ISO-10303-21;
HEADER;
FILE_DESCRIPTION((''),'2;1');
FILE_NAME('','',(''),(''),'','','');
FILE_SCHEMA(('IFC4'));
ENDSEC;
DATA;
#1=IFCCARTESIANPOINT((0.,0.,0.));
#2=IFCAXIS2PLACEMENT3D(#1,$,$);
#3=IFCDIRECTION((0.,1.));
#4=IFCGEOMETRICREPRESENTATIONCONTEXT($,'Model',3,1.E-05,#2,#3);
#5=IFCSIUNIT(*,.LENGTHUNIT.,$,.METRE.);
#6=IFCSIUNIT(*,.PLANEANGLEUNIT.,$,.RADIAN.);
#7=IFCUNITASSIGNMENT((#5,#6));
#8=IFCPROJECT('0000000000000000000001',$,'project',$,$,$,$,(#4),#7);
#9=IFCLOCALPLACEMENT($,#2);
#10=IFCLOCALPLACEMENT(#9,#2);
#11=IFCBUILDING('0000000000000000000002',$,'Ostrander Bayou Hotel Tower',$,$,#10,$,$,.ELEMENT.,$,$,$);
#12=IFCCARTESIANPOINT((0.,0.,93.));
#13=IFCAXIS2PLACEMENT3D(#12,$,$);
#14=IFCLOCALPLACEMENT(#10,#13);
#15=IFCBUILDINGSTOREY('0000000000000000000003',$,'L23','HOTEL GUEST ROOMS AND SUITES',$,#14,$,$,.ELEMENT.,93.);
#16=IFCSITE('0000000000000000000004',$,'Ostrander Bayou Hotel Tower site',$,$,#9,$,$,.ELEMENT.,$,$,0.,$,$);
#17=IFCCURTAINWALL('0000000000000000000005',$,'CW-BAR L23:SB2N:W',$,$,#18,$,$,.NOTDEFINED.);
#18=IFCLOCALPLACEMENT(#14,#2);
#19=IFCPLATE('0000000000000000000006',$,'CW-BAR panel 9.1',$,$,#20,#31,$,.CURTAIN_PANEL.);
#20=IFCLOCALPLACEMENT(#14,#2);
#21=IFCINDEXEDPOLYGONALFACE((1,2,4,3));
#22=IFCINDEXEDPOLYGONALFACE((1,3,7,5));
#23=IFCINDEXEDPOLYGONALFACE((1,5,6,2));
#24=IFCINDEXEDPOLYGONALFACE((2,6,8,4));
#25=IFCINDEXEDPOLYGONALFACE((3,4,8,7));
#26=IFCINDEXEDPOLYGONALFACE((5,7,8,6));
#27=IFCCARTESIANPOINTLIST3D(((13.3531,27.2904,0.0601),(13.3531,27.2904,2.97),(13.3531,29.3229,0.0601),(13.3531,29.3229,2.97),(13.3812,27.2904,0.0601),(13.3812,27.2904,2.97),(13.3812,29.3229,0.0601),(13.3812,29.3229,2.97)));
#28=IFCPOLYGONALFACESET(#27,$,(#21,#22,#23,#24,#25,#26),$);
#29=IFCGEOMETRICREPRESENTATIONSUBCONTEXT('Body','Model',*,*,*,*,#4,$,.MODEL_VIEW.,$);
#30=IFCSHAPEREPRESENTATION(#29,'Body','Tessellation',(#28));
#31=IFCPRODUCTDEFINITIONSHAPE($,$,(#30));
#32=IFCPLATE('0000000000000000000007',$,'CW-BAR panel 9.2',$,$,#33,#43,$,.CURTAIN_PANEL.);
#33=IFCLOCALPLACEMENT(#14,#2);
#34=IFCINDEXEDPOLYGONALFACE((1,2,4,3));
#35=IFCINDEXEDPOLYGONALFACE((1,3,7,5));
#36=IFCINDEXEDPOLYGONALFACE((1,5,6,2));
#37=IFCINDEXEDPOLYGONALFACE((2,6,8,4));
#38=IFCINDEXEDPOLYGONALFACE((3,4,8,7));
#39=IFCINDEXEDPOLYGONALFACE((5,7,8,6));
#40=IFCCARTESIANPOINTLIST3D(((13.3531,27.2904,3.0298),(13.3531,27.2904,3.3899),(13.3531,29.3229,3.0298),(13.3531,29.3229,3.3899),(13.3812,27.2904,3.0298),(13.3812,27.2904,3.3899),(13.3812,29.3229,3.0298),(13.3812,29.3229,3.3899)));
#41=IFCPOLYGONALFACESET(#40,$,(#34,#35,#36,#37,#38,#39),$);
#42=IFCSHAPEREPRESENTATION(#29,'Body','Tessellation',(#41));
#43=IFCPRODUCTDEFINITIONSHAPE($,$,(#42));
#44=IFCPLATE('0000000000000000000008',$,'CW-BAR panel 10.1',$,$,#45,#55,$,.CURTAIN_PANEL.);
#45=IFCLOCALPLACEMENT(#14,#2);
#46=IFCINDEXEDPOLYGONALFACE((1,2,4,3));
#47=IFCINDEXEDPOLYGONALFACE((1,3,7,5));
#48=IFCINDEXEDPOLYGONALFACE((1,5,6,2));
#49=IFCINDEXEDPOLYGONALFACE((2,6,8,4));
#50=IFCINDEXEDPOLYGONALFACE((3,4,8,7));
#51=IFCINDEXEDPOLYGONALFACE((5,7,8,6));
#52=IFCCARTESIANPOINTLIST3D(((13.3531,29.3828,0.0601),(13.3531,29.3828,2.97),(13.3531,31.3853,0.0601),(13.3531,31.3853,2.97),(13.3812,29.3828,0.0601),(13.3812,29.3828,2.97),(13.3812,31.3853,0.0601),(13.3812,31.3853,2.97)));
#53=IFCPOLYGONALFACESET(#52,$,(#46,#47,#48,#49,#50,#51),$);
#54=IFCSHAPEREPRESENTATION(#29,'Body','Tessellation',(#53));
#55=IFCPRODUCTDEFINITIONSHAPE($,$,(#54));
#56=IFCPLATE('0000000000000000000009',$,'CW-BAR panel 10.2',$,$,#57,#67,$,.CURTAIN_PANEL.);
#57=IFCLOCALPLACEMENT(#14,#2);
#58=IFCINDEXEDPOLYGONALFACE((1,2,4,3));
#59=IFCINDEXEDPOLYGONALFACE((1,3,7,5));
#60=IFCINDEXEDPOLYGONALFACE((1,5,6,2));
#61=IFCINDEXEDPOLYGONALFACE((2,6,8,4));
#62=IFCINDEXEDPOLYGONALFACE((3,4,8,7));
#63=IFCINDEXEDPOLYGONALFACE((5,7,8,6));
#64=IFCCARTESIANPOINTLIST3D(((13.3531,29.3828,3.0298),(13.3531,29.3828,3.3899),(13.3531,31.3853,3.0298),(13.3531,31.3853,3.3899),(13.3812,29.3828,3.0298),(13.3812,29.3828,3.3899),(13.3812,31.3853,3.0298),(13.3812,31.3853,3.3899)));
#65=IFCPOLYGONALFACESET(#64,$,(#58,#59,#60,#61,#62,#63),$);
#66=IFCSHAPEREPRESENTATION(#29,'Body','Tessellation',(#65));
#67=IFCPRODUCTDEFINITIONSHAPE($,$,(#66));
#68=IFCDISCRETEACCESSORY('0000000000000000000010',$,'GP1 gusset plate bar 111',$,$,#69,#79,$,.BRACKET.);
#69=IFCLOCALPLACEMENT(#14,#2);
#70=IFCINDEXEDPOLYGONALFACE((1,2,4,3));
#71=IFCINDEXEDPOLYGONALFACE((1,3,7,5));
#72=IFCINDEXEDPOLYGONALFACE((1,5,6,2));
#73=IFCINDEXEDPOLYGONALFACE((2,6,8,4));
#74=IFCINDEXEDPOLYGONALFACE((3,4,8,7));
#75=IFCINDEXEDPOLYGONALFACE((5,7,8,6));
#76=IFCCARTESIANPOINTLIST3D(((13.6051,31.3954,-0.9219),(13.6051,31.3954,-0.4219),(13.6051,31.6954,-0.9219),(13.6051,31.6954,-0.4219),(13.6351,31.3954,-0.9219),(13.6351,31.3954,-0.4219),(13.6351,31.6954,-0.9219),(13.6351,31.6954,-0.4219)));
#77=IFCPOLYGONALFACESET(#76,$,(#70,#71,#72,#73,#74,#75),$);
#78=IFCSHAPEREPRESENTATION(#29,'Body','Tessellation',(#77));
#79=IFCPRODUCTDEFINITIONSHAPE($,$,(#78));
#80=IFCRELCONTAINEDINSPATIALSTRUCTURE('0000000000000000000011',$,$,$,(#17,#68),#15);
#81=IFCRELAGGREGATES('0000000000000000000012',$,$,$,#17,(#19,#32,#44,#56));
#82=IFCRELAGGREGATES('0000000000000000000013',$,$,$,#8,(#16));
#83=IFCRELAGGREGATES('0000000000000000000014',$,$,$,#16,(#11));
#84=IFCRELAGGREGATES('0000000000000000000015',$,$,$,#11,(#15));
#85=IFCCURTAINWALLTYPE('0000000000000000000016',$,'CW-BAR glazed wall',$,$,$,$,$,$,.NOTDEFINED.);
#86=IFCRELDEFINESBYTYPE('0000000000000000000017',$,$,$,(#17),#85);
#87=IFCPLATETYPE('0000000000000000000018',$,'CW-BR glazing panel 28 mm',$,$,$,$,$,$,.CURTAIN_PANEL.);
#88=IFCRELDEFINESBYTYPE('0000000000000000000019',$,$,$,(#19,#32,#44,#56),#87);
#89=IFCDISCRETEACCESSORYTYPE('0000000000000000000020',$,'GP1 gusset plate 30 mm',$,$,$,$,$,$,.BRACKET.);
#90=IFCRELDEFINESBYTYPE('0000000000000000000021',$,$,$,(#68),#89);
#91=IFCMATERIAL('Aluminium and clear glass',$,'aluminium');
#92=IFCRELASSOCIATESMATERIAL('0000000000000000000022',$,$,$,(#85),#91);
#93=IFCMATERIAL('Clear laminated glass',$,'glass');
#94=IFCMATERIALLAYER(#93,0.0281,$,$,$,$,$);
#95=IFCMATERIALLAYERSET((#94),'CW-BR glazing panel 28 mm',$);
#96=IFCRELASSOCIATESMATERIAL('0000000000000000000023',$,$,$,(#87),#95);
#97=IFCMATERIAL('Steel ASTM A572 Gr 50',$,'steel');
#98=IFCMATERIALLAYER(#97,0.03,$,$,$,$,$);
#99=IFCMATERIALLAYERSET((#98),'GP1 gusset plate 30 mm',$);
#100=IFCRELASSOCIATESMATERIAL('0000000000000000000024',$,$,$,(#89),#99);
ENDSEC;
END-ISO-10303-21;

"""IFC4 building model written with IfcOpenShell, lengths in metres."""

from ifc_helpers import new_model, si_unit, direction, frame, origin, origin_2d, place, context, subcontext, project, spatial, rectangle, extrude, material, layer, layer_set, type_object, element, aggregate, save


model = new_model("IFC4")

# Units and contexts
model_context = context("Model", 3, precision=1e-05, world=origin(), true_north=direction((0.0, 1.0)))
body_context = subcontext(model_context, "Body", "Model", "MODEL_VIEW")
ifc_project = project(units=[si_unit("LENGTHUNIT", "METRE"), si_unit("PLANEANGLEUNIT", "RADIAN")], contexts=[model_context])

# Site, building, storey
site_placement = place(None, origin())
site = spatial("IfcSite", under=ifc_project, at=site_placement, Name="Ostrander Bayou Hotel Tower site", CompositionType="ELEMENT", RefElevation=0.0)
building_placement = place(site_placement, origin())
building = spatial("IfcBuilding", under=site, at=building_placement, Name="Ostrander Bayou Hotel Tower", CompositionType="ELEMENT")
storey_placement = place(building_placement, frame((0.0, 0.0, 93.0)))
storey = spatial("IfcBuildingStorey", under=building, at=storey_placement, Name="L23", Description="HOTEL GUEST ROOMS AND SUITES", CompositionType="ELEMENT", Elevation=93.0)

# Shared definitions
ifc_material_1 = material(Name="Aluminium and clear glass", Category="aluminium")
curtain_wall_type = type_object("IfcCurtainWallType", Name="CW-BAR glazed wall", PredefinedType="NOTDEFINED", material=ifc_material_1)

# Curtain wall
curtain_wall_1_placement = place(storey_placement, origin())
curtain_wall_1 = element("IfcCurtainWall", 1, at=curtain_wall_1_placement, inside=storey, type_object=curtain_wall_type, Name="CW-BAR L23:SB2N:W", PredefinedType="NOTDEFINED")

# Plates
ifc_material_2 = material(Name="Clear laminated glass", Category="glass")
ifc_layer_1 = layer(ifc_material_2, 0.0281)
ifc_layer_set_1 = layer_set([ifc_layer_1], Name="CW-BR glazing panel 28 mm")
plate_type = type_object("IfcPlateType", Name="CW-BR glazing panel 28 mm", PredefinedType="CURTAIN_PANEL", material=ifc_layer_set_1)
plate_1_placement = place(storey_placement, frame((13.3672, 28.3066, 0.0601), z_axis=(0.0, 0.0, 1.0), x_axis=(0.0, 1.0, 0.0)))
plate_1 = element("IfcPlate", 2, at=plate_1_placement, type_object=plate_type, Name="CW-BAR panel 9.1", PredefinedType="CURTAIN_PANEL", context=body_context, shape_type="SweptSolid", body=[
    extrude(rectangle(XDim=2.0325, YDim=0.0281, at=origin_2d()), origin(), (0.0, 0.0, 1.0), 2.9099),
])
plate_2_placement = place(storey_placement, frame((13.3672, 28.3066, 3.0298), z_axis=(0.0, 0.0, 1.0), x_axis=(0.0, 1.0, 0.0)))
plate_2 = element("IfcPlate", 3, at=plate_2_placement, type_object=plate_type, Name="CW-BAR panel 9.2", PredefinedType="CURTAIN_PANEL", context=body_context, shape_type="SweptSolid", body=[
    extrude(rectangle(XDim=2.0325, YDim=0.0281, at=origin_2d()), origin(), (0.0, 0.0, 1.0), 0.3601),
])
plate_3_placement = place(storey_placement, frame((13.3672, 30.384, 0.0601), z_axis=(0.0, 0.0, 1.0), x_axis=(0.0, 1.0, 0.0)))
plate_3 = element("IfcPlate", 4, at=plate_3_placement, type_object=plate_type, Name="CW-BAR panel 10.1", PredefinedType="CURTAIN_PANEL", context=body_context, shape_type="SweptSolid", body=[
    extrude(rectangle(XDim=2.0024, YDim=0.0281, at=origin_2d()), origin(), (0.0, 0.0, 1.0), 2.9099),
])
plate_4_placement = place(storey_placement, frame((13.3672, 30.384, 3.0298), z_axis=(0.0, 0.0, 1.0), x_axis=(0.0, 1.0, 0.0)))
plate_4 = element("IfcPlate", 5, at=plate_4_placement, type_object=plate_type, Name="CW-BAR panel 10.2", PredefinedType="CURTAIN_PANEL", context=body_context, shape_type="SweptSolid", body=[
    extrude(rectangle(XDim=2.0024, YDim=0.0281, at=origin_2d()), origin(), (0.0, 0.0, 1.0), 0.3601),
])
aggregate(curtain_wall_1, [plate_1, plate_2, plate_3, plate_4])

# Discrete accessory
ifc_material_3 = material(Name="Steel ASTM A572 Gr 50", Category="steel")
ifc_layer_2 = layer(ifc_material_3, 0.03)
ifc_layer_set_2 = layer_set([ifc_layer_2], Name="GP1 gusset plate 30 mm")
discrete_accessory_type = type_object("IfcDiscreteAccessoryType", Name="GP1 gusset plate 30 mm", PredefinedType="BRACKET", material=ifc_layer_set_2)
discrete_accessory_placement = place(storey_placement, frame((13.6201, 31.5454, -0.9219), z_axis=(0.0, 0.0, 1.0), x_axis=(0.0, -1.0, 0.0)))
element("IfcDiscreteAccessory", 6, at=discrete_accessory_placement, inside=storey, type_object=discrete_accessory_type, Name="GP1 gusset plate bar 111", PredefinedType="BRACKET", context=body_context, shape_type="SweptSolid", body=[
    extrude(rectangle(XDim=0.3, YDim=0.03, at=origin_2d()), origin(), (0.0, 0.0, 1.0), 0.5),
])

save(model, "model.ifc")
